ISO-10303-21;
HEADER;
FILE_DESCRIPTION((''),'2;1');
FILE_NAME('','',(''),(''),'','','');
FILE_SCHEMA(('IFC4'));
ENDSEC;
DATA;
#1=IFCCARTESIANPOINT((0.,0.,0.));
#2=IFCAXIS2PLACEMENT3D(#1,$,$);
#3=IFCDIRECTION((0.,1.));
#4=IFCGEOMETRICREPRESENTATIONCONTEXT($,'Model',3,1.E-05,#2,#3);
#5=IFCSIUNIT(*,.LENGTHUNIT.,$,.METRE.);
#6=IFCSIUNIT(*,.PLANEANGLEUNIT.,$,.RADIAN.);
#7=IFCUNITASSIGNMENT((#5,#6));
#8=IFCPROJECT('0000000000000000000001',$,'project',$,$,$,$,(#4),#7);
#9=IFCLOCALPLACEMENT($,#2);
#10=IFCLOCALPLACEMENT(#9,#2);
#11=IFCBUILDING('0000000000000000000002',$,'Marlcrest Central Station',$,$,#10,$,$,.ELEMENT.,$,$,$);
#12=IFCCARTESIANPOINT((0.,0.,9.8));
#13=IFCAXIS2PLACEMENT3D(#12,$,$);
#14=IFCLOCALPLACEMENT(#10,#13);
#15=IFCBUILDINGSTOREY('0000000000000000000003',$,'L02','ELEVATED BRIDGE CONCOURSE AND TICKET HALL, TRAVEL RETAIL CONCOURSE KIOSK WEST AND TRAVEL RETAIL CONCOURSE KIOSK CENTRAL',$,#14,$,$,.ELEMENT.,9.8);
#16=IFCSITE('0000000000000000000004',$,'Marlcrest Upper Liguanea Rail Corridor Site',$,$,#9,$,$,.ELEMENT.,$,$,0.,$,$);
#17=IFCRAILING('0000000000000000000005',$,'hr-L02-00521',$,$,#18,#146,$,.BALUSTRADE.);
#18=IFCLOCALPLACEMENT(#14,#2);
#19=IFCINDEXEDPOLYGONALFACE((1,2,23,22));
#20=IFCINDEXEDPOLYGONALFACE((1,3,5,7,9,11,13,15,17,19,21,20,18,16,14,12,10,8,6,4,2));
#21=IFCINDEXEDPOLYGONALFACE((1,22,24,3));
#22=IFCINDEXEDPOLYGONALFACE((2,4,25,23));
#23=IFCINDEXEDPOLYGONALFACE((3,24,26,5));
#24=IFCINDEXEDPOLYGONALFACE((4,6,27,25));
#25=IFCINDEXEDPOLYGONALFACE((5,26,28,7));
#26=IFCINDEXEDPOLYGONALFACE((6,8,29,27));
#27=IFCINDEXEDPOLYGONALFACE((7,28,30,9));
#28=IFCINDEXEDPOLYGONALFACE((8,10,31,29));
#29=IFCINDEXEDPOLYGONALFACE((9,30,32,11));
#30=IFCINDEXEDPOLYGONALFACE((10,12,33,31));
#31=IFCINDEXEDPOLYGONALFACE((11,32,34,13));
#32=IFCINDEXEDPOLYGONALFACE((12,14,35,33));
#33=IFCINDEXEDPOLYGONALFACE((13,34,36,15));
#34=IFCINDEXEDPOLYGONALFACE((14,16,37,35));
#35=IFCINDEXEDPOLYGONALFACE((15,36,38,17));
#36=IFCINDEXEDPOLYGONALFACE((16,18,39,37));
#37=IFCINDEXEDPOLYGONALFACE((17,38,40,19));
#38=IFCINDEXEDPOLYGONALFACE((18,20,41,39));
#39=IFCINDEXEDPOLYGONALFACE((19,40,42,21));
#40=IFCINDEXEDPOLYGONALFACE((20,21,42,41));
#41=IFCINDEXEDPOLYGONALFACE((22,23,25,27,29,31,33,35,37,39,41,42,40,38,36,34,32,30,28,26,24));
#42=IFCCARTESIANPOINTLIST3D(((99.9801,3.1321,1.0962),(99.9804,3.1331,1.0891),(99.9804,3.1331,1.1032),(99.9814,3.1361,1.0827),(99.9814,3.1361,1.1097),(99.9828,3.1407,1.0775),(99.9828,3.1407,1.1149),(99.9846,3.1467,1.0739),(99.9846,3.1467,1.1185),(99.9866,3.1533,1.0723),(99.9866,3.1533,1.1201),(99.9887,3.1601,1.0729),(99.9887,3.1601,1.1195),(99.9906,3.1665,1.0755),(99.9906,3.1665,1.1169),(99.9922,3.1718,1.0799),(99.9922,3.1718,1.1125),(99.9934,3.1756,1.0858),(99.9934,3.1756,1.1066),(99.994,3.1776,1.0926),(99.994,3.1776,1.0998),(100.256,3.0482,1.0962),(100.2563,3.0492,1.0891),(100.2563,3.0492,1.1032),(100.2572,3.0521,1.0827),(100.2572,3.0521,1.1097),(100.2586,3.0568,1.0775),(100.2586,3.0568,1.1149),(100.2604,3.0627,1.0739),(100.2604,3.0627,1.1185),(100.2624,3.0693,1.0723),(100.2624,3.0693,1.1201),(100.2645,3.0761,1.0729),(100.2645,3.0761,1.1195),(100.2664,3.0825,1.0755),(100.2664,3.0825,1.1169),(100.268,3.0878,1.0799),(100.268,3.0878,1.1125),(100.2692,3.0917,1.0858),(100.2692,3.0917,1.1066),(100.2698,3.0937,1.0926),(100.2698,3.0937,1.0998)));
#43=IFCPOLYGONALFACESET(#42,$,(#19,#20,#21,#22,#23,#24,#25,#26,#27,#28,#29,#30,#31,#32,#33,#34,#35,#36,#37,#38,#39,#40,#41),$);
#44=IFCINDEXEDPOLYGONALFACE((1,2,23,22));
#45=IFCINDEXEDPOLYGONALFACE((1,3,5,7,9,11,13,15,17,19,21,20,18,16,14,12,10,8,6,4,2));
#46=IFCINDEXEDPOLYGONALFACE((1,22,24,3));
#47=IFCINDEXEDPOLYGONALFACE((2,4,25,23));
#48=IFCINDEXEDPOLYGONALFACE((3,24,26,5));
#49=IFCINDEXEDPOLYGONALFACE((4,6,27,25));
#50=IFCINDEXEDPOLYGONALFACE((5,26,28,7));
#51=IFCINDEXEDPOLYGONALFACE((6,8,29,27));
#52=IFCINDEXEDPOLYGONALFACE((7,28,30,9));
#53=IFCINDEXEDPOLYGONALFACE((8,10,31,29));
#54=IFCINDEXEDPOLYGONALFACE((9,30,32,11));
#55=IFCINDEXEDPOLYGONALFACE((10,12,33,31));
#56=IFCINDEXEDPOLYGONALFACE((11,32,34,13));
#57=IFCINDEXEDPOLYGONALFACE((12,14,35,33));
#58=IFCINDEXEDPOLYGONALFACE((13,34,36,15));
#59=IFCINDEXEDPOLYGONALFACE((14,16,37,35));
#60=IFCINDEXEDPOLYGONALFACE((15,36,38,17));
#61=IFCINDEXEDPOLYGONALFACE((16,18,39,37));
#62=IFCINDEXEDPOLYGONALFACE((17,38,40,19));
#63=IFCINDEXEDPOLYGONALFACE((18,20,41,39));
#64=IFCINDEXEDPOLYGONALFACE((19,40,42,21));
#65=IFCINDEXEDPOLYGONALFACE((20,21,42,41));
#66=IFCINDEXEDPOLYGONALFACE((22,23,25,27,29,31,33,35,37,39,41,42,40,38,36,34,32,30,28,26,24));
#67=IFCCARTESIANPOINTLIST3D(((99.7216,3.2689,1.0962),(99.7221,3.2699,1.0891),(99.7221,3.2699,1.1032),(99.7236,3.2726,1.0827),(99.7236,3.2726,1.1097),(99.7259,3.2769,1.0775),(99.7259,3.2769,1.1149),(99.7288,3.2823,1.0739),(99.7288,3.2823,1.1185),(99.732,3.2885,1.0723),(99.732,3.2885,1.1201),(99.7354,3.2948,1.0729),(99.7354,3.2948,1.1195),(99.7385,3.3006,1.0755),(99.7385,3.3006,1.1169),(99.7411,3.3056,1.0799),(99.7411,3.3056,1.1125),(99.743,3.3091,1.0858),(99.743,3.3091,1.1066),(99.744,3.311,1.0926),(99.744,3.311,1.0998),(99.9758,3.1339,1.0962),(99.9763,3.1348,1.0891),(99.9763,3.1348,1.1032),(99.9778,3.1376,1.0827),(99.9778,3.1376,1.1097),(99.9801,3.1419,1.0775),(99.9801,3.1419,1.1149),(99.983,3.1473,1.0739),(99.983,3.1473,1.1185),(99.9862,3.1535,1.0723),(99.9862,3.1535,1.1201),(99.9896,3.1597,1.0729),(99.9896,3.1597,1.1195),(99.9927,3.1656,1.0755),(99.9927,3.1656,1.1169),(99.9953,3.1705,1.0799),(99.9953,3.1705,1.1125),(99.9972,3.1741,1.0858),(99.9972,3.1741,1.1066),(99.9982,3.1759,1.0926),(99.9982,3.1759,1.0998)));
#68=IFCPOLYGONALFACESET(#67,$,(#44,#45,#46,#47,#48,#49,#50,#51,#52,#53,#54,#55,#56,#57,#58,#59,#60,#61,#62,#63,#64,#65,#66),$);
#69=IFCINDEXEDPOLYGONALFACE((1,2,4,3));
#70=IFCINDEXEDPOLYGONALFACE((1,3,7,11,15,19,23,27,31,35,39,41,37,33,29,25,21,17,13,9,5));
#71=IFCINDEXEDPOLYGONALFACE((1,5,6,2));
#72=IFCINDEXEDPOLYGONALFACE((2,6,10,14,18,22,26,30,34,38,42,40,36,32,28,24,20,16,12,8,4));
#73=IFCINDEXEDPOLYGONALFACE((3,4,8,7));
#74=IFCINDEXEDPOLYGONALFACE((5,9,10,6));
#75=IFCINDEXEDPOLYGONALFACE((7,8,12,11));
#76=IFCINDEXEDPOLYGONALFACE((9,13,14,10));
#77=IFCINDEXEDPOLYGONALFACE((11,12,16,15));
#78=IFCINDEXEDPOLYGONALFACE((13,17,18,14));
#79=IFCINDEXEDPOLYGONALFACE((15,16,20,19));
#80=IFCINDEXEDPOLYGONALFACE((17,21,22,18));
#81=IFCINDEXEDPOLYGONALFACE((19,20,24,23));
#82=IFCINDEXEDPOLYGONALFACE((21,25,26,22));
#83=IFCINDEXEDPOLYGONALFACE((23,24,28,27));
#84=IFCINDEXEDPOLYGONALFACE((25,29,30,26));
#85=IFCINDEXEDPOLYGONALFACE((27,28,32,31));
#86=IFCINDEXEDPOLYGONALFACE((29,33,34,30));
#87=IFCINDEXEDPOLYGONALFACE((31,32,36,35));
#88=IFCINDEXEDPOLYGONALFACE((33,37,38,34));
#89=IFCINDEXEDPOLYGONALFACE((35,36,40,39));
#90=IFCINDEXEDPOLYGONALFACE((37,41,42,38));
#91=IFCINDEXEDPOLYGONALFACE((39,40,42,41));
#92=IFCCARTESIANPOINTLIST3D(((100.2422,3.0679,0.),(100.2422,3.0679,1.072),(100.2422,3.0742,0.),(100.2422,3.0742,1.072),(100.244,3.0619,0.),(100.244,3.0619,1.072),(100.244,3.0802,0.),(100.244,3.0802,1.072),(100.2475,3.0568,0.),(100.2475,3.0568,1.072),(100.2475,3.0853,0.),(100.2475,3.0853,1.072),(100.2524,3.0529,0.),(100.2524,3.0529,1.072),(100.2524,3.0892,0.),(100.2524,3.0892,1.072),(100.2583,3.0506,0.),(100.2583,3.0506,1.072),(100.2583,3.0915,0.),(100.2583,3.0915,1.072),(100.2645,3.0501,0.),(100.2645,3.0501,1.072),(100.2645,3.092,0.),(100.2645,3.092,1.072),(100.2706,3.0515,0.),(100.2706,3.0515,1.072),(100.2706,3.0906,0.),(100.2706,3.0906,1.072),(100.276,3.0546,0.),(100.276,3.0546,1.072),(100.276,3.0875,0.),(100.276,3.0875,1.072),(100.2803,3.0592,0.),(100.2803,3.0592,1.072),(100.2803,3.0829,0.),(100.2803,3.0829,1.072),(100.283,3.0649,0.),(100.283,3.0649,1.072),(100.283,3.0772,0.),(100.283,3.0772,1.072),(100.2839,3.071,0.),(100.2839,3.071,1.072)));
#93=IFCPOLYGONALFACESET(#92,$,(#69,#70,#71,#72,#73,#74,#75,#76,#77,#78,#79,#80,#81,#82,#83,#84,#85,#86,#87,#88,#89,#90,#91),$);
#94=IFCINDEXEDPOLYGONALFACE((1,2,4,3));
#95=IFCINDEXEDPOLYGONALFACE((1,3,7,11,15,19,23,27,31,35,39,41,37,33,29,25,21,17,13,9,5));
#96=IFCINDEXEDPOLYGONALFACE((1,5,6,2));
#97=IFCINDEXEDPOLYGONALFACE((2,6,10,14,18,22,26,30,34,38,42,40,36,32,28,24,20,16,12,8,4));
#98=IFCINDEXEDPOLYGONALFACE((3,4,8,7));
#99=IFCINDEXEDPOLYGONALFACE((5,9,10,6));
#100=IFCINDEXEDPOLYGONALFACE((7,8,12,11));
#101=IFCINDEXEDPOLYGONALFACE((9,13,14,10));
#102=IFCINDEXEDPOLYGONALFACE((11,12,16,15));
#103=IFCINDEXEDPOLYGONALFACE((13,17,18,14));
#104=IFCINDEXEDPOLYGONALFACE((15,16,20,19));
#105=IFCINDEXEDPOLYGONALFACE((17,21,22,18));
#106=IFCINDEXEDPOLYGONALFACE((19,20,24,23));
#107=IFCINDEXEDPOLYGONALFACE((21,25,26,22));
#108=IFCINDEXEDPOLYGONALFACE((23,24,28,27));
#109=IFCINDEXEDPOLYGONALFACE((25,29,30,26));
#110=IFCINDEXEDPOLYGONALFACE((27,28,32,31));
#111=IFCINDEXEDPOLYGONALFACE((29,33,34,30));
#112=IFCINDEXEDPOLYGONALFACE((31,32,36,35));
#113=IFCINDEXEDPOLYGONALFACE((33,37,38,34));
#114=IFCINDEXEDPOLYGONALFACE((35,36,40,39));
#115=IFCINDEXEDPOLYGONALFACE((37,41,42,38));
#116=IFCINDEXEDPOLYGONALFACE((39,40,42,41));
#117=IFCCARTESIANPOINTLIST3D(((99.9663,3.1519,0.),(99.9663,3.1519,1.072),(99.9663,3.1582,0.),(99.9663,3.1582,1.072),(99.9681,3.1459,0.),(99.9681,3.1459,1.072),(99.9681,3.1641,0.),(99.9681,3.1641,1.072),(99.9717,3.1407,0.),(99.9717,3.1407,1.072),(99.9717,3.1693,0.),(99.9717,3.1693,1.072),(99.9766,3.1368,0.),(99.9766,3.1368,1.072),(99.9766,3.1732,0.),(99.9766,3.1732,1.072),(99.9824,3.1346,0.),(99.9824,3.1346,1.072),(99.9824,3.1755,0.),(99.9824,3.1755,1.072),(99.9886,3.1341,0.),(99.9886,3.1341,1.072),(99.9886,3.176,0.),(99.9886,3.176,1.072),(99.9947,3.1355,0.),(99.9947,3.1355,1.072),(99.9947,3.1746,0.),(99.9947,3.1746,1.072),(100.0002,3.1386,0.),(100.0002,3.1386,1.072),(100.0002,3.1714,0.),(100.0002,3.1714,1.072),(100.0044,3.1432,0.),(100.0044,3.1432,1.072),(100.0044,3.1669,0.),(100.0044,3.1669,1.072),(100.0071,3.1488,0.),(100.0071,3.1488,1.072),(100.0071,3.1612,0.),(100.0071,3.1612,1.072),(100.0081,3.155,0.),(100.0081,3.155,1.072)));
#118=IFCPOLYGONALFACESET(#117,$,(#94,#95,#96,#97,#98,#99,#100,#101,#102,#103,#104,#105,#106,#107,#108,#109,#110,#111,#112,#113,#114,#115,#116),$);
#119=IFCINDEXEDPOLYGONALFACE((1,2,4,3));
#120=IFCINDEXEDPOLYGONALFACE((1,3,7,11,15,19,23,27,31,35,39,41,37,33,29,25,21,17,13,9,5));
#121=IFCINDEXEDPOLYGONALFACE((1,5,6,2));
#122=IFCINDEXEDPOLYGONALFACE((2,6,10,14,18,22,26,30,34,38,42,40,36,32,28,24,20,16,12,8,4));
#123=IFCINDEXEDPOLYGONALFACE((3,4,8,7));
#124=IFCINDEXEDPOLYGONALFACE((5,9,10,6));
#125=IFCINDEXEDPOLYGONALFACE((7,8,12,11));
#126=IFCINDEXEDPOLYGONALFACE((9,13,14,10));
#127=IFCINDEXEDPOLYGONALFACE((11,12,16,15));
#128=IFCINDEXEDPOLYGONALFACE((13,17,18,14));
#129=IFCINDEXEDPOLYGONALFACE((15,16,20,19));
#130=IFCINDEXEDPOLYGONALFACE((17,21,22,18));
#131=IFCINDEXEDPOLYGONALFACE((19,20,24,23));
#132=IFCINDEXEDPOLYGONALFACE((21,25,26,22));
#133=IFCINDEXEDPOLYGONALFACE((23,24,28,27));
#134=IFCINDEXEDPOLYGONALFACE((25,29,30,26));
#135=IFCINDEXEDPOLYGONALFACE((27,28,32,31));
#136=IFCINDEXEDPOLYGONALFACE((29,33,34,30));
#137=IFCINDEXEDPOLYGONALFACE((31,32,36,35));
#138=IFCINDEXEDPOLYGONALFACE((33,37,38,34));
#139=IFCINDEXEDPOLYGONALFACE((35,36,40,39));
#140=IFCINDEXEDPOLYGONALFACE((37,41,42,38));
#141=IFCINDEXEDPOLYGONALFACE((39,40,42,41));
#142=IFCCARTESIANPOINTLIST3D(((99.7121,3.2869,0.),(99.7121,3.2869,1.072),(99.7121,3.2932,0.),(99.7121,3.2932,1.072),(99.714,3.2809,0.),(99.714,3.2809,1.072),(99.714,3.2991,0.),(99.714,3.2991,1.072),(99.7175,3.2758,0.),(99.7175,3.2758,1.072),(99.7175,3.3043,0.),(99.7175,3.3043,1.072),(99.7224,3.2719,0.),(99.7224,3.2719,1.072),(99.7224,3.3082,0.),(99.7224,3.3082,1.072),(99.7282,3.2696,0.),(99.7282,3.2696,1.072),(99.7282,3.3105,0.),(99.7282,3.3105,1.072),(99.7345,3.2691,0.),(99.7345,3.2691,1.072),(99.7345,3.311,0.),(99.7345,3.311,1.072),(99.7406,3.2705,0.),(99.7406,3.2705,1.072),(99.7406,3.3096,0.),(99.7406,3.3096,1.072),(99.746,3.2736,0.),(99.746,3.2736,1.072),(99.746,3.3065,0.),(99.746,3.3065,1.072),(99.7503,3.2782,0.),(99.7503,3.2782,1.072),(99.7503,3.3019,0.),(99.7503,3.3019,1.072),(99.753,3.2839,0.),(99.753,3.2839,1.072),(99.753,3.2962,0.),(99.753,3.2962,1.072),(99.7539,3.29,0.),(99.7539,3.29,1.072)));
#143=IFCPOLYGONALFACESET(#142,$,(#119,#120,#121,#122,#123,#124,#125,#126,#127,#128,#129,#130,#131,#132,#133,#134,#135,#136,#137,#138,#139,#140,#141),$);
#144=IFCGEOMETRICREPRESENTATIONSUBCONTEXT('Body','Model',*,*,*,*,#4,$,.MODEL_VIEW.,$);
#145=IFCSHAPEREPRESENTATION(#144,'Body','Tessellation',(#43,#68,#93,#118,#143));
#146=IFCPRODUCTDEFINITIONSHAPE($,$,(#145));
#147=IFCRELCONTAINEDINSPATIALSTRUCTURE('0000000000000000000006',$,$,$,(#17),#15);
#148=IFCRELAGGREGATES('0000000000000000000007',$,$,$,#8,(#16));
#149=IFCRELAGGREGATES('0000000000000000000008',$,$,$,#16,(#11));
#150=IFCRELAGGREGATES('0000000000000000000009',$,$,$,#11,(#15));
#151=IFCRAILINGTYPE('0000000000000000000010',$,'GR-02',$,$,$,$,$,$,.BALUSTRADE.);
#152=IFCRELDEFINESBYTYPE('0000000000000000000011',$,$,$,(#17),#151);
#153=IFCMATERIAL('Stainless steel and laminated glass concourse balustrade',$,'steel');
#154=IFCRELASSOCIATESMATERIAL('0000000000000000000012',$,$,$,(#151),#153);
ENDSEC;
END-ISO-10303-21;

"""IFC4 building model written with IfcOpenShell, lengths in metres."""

from ifc_helpers import new_model, si_unit, direction, frame, origin, origin_2d, place, context, subcontext, project, spatial, circle, extrude, material, type_object, element, save


model = new_model("IFC4")

# Units and contexts
model_context = context("Model", 3, precision=1e-05, world=origin(), true_north=direction((0.0, 1.0)))
body_context = subcontext(model_context, "Body", "Model", "MODEL_VIEW")
ifc_project = project(units=[si_unit("LENGTHUNIT", "METRE"), si_unit("PLANEANGLEUNIT", "RADIAN")], contexts=[model_context])

# Site, building, storey
site_placement = place(None, origin())
site = spatial("IfcSite", under=ifc_project, at=site_placement, Name="Marlcrest Upper Liguanea Rail Corridor Site", CompositionType="ELEMENT", RefElevation=0.0)
building_placement = place(site_placement, origin())
building = spatial("IfcBuilding", under=site, at=building_placement, Name="Marlcrest Central Station", CompositionType="ELEMENT")
storey_placement = place(building_placement, frame((0.0, 0.0, 9.8)))
storey = spatial("IfcBuildingStorey", under=building, at=storey_placement, Name="L02", Description="ELEVATED BRIDGE CONCOURSE AND TICKET HALL, TRAVEL RETAIL CONCOURSE KIOSK WEST AND TRAVEL RETAIL CONCOURSE KIOSK CENTRAL", CompositionType="ELEMENT", Elevation=9.8)

# Railing
ifc_material_1 = material(Name="Stainless steel and laminated glass concourse balustrade", Category="steel")
railing_type = type_object("IfcRailingType", Name="GR-02", PredefinedType="BALUSTRADE", material=ifc_material_1)
railing_1_placement = place(storey_placement, frame((100.2629, 3.071, 0.0)))
element("IfcRailing", 1, at=railing_1_placement, inside=storey, type_object=railing_type, Name="hr-L02-00521", PredefinedType="BALUSTRADE", context=body_context, shape_type="SweptSolid", body=[
    extrude(circle(Radius=0.0239, at=origin_2d()), frame((0.0, 0.0, 1.0962), z_axis=(-0.956653, 0.291229, 0.0), x_axis=(-0.291229, -0.956653, 0.0)), (0.0, 0.0, 1.0), 0.2883),
    extrude(circle(Radius=0.0239, at=origin_2d()), frame((-0.2759, 0.084, 1.0962), z_axis=(-0.883127, 0.469135, 0.0), x_axis=(-0.469135, -0.883127, 0.0)), (0.0, 0.0, 1.0), 0.2878),
    extrude(circle(Radius=0.021, at=origin_2d()), origin(), (0.0, 0.0, 1.0), 1.072),
    extrude(circle(Radius=0.021, at=origin_2d()), frame((-0.2759, 0.084, 0.0)), (0.0, 0.0, 1.0), 1.072),
    extrude(circle(Radius=0.021, at=origin_2d()), frame((-0.53, 0.219, 0.0)), (0.0, 0.0, 1.0), 1.072),
])

save(model, "model.ifc")
